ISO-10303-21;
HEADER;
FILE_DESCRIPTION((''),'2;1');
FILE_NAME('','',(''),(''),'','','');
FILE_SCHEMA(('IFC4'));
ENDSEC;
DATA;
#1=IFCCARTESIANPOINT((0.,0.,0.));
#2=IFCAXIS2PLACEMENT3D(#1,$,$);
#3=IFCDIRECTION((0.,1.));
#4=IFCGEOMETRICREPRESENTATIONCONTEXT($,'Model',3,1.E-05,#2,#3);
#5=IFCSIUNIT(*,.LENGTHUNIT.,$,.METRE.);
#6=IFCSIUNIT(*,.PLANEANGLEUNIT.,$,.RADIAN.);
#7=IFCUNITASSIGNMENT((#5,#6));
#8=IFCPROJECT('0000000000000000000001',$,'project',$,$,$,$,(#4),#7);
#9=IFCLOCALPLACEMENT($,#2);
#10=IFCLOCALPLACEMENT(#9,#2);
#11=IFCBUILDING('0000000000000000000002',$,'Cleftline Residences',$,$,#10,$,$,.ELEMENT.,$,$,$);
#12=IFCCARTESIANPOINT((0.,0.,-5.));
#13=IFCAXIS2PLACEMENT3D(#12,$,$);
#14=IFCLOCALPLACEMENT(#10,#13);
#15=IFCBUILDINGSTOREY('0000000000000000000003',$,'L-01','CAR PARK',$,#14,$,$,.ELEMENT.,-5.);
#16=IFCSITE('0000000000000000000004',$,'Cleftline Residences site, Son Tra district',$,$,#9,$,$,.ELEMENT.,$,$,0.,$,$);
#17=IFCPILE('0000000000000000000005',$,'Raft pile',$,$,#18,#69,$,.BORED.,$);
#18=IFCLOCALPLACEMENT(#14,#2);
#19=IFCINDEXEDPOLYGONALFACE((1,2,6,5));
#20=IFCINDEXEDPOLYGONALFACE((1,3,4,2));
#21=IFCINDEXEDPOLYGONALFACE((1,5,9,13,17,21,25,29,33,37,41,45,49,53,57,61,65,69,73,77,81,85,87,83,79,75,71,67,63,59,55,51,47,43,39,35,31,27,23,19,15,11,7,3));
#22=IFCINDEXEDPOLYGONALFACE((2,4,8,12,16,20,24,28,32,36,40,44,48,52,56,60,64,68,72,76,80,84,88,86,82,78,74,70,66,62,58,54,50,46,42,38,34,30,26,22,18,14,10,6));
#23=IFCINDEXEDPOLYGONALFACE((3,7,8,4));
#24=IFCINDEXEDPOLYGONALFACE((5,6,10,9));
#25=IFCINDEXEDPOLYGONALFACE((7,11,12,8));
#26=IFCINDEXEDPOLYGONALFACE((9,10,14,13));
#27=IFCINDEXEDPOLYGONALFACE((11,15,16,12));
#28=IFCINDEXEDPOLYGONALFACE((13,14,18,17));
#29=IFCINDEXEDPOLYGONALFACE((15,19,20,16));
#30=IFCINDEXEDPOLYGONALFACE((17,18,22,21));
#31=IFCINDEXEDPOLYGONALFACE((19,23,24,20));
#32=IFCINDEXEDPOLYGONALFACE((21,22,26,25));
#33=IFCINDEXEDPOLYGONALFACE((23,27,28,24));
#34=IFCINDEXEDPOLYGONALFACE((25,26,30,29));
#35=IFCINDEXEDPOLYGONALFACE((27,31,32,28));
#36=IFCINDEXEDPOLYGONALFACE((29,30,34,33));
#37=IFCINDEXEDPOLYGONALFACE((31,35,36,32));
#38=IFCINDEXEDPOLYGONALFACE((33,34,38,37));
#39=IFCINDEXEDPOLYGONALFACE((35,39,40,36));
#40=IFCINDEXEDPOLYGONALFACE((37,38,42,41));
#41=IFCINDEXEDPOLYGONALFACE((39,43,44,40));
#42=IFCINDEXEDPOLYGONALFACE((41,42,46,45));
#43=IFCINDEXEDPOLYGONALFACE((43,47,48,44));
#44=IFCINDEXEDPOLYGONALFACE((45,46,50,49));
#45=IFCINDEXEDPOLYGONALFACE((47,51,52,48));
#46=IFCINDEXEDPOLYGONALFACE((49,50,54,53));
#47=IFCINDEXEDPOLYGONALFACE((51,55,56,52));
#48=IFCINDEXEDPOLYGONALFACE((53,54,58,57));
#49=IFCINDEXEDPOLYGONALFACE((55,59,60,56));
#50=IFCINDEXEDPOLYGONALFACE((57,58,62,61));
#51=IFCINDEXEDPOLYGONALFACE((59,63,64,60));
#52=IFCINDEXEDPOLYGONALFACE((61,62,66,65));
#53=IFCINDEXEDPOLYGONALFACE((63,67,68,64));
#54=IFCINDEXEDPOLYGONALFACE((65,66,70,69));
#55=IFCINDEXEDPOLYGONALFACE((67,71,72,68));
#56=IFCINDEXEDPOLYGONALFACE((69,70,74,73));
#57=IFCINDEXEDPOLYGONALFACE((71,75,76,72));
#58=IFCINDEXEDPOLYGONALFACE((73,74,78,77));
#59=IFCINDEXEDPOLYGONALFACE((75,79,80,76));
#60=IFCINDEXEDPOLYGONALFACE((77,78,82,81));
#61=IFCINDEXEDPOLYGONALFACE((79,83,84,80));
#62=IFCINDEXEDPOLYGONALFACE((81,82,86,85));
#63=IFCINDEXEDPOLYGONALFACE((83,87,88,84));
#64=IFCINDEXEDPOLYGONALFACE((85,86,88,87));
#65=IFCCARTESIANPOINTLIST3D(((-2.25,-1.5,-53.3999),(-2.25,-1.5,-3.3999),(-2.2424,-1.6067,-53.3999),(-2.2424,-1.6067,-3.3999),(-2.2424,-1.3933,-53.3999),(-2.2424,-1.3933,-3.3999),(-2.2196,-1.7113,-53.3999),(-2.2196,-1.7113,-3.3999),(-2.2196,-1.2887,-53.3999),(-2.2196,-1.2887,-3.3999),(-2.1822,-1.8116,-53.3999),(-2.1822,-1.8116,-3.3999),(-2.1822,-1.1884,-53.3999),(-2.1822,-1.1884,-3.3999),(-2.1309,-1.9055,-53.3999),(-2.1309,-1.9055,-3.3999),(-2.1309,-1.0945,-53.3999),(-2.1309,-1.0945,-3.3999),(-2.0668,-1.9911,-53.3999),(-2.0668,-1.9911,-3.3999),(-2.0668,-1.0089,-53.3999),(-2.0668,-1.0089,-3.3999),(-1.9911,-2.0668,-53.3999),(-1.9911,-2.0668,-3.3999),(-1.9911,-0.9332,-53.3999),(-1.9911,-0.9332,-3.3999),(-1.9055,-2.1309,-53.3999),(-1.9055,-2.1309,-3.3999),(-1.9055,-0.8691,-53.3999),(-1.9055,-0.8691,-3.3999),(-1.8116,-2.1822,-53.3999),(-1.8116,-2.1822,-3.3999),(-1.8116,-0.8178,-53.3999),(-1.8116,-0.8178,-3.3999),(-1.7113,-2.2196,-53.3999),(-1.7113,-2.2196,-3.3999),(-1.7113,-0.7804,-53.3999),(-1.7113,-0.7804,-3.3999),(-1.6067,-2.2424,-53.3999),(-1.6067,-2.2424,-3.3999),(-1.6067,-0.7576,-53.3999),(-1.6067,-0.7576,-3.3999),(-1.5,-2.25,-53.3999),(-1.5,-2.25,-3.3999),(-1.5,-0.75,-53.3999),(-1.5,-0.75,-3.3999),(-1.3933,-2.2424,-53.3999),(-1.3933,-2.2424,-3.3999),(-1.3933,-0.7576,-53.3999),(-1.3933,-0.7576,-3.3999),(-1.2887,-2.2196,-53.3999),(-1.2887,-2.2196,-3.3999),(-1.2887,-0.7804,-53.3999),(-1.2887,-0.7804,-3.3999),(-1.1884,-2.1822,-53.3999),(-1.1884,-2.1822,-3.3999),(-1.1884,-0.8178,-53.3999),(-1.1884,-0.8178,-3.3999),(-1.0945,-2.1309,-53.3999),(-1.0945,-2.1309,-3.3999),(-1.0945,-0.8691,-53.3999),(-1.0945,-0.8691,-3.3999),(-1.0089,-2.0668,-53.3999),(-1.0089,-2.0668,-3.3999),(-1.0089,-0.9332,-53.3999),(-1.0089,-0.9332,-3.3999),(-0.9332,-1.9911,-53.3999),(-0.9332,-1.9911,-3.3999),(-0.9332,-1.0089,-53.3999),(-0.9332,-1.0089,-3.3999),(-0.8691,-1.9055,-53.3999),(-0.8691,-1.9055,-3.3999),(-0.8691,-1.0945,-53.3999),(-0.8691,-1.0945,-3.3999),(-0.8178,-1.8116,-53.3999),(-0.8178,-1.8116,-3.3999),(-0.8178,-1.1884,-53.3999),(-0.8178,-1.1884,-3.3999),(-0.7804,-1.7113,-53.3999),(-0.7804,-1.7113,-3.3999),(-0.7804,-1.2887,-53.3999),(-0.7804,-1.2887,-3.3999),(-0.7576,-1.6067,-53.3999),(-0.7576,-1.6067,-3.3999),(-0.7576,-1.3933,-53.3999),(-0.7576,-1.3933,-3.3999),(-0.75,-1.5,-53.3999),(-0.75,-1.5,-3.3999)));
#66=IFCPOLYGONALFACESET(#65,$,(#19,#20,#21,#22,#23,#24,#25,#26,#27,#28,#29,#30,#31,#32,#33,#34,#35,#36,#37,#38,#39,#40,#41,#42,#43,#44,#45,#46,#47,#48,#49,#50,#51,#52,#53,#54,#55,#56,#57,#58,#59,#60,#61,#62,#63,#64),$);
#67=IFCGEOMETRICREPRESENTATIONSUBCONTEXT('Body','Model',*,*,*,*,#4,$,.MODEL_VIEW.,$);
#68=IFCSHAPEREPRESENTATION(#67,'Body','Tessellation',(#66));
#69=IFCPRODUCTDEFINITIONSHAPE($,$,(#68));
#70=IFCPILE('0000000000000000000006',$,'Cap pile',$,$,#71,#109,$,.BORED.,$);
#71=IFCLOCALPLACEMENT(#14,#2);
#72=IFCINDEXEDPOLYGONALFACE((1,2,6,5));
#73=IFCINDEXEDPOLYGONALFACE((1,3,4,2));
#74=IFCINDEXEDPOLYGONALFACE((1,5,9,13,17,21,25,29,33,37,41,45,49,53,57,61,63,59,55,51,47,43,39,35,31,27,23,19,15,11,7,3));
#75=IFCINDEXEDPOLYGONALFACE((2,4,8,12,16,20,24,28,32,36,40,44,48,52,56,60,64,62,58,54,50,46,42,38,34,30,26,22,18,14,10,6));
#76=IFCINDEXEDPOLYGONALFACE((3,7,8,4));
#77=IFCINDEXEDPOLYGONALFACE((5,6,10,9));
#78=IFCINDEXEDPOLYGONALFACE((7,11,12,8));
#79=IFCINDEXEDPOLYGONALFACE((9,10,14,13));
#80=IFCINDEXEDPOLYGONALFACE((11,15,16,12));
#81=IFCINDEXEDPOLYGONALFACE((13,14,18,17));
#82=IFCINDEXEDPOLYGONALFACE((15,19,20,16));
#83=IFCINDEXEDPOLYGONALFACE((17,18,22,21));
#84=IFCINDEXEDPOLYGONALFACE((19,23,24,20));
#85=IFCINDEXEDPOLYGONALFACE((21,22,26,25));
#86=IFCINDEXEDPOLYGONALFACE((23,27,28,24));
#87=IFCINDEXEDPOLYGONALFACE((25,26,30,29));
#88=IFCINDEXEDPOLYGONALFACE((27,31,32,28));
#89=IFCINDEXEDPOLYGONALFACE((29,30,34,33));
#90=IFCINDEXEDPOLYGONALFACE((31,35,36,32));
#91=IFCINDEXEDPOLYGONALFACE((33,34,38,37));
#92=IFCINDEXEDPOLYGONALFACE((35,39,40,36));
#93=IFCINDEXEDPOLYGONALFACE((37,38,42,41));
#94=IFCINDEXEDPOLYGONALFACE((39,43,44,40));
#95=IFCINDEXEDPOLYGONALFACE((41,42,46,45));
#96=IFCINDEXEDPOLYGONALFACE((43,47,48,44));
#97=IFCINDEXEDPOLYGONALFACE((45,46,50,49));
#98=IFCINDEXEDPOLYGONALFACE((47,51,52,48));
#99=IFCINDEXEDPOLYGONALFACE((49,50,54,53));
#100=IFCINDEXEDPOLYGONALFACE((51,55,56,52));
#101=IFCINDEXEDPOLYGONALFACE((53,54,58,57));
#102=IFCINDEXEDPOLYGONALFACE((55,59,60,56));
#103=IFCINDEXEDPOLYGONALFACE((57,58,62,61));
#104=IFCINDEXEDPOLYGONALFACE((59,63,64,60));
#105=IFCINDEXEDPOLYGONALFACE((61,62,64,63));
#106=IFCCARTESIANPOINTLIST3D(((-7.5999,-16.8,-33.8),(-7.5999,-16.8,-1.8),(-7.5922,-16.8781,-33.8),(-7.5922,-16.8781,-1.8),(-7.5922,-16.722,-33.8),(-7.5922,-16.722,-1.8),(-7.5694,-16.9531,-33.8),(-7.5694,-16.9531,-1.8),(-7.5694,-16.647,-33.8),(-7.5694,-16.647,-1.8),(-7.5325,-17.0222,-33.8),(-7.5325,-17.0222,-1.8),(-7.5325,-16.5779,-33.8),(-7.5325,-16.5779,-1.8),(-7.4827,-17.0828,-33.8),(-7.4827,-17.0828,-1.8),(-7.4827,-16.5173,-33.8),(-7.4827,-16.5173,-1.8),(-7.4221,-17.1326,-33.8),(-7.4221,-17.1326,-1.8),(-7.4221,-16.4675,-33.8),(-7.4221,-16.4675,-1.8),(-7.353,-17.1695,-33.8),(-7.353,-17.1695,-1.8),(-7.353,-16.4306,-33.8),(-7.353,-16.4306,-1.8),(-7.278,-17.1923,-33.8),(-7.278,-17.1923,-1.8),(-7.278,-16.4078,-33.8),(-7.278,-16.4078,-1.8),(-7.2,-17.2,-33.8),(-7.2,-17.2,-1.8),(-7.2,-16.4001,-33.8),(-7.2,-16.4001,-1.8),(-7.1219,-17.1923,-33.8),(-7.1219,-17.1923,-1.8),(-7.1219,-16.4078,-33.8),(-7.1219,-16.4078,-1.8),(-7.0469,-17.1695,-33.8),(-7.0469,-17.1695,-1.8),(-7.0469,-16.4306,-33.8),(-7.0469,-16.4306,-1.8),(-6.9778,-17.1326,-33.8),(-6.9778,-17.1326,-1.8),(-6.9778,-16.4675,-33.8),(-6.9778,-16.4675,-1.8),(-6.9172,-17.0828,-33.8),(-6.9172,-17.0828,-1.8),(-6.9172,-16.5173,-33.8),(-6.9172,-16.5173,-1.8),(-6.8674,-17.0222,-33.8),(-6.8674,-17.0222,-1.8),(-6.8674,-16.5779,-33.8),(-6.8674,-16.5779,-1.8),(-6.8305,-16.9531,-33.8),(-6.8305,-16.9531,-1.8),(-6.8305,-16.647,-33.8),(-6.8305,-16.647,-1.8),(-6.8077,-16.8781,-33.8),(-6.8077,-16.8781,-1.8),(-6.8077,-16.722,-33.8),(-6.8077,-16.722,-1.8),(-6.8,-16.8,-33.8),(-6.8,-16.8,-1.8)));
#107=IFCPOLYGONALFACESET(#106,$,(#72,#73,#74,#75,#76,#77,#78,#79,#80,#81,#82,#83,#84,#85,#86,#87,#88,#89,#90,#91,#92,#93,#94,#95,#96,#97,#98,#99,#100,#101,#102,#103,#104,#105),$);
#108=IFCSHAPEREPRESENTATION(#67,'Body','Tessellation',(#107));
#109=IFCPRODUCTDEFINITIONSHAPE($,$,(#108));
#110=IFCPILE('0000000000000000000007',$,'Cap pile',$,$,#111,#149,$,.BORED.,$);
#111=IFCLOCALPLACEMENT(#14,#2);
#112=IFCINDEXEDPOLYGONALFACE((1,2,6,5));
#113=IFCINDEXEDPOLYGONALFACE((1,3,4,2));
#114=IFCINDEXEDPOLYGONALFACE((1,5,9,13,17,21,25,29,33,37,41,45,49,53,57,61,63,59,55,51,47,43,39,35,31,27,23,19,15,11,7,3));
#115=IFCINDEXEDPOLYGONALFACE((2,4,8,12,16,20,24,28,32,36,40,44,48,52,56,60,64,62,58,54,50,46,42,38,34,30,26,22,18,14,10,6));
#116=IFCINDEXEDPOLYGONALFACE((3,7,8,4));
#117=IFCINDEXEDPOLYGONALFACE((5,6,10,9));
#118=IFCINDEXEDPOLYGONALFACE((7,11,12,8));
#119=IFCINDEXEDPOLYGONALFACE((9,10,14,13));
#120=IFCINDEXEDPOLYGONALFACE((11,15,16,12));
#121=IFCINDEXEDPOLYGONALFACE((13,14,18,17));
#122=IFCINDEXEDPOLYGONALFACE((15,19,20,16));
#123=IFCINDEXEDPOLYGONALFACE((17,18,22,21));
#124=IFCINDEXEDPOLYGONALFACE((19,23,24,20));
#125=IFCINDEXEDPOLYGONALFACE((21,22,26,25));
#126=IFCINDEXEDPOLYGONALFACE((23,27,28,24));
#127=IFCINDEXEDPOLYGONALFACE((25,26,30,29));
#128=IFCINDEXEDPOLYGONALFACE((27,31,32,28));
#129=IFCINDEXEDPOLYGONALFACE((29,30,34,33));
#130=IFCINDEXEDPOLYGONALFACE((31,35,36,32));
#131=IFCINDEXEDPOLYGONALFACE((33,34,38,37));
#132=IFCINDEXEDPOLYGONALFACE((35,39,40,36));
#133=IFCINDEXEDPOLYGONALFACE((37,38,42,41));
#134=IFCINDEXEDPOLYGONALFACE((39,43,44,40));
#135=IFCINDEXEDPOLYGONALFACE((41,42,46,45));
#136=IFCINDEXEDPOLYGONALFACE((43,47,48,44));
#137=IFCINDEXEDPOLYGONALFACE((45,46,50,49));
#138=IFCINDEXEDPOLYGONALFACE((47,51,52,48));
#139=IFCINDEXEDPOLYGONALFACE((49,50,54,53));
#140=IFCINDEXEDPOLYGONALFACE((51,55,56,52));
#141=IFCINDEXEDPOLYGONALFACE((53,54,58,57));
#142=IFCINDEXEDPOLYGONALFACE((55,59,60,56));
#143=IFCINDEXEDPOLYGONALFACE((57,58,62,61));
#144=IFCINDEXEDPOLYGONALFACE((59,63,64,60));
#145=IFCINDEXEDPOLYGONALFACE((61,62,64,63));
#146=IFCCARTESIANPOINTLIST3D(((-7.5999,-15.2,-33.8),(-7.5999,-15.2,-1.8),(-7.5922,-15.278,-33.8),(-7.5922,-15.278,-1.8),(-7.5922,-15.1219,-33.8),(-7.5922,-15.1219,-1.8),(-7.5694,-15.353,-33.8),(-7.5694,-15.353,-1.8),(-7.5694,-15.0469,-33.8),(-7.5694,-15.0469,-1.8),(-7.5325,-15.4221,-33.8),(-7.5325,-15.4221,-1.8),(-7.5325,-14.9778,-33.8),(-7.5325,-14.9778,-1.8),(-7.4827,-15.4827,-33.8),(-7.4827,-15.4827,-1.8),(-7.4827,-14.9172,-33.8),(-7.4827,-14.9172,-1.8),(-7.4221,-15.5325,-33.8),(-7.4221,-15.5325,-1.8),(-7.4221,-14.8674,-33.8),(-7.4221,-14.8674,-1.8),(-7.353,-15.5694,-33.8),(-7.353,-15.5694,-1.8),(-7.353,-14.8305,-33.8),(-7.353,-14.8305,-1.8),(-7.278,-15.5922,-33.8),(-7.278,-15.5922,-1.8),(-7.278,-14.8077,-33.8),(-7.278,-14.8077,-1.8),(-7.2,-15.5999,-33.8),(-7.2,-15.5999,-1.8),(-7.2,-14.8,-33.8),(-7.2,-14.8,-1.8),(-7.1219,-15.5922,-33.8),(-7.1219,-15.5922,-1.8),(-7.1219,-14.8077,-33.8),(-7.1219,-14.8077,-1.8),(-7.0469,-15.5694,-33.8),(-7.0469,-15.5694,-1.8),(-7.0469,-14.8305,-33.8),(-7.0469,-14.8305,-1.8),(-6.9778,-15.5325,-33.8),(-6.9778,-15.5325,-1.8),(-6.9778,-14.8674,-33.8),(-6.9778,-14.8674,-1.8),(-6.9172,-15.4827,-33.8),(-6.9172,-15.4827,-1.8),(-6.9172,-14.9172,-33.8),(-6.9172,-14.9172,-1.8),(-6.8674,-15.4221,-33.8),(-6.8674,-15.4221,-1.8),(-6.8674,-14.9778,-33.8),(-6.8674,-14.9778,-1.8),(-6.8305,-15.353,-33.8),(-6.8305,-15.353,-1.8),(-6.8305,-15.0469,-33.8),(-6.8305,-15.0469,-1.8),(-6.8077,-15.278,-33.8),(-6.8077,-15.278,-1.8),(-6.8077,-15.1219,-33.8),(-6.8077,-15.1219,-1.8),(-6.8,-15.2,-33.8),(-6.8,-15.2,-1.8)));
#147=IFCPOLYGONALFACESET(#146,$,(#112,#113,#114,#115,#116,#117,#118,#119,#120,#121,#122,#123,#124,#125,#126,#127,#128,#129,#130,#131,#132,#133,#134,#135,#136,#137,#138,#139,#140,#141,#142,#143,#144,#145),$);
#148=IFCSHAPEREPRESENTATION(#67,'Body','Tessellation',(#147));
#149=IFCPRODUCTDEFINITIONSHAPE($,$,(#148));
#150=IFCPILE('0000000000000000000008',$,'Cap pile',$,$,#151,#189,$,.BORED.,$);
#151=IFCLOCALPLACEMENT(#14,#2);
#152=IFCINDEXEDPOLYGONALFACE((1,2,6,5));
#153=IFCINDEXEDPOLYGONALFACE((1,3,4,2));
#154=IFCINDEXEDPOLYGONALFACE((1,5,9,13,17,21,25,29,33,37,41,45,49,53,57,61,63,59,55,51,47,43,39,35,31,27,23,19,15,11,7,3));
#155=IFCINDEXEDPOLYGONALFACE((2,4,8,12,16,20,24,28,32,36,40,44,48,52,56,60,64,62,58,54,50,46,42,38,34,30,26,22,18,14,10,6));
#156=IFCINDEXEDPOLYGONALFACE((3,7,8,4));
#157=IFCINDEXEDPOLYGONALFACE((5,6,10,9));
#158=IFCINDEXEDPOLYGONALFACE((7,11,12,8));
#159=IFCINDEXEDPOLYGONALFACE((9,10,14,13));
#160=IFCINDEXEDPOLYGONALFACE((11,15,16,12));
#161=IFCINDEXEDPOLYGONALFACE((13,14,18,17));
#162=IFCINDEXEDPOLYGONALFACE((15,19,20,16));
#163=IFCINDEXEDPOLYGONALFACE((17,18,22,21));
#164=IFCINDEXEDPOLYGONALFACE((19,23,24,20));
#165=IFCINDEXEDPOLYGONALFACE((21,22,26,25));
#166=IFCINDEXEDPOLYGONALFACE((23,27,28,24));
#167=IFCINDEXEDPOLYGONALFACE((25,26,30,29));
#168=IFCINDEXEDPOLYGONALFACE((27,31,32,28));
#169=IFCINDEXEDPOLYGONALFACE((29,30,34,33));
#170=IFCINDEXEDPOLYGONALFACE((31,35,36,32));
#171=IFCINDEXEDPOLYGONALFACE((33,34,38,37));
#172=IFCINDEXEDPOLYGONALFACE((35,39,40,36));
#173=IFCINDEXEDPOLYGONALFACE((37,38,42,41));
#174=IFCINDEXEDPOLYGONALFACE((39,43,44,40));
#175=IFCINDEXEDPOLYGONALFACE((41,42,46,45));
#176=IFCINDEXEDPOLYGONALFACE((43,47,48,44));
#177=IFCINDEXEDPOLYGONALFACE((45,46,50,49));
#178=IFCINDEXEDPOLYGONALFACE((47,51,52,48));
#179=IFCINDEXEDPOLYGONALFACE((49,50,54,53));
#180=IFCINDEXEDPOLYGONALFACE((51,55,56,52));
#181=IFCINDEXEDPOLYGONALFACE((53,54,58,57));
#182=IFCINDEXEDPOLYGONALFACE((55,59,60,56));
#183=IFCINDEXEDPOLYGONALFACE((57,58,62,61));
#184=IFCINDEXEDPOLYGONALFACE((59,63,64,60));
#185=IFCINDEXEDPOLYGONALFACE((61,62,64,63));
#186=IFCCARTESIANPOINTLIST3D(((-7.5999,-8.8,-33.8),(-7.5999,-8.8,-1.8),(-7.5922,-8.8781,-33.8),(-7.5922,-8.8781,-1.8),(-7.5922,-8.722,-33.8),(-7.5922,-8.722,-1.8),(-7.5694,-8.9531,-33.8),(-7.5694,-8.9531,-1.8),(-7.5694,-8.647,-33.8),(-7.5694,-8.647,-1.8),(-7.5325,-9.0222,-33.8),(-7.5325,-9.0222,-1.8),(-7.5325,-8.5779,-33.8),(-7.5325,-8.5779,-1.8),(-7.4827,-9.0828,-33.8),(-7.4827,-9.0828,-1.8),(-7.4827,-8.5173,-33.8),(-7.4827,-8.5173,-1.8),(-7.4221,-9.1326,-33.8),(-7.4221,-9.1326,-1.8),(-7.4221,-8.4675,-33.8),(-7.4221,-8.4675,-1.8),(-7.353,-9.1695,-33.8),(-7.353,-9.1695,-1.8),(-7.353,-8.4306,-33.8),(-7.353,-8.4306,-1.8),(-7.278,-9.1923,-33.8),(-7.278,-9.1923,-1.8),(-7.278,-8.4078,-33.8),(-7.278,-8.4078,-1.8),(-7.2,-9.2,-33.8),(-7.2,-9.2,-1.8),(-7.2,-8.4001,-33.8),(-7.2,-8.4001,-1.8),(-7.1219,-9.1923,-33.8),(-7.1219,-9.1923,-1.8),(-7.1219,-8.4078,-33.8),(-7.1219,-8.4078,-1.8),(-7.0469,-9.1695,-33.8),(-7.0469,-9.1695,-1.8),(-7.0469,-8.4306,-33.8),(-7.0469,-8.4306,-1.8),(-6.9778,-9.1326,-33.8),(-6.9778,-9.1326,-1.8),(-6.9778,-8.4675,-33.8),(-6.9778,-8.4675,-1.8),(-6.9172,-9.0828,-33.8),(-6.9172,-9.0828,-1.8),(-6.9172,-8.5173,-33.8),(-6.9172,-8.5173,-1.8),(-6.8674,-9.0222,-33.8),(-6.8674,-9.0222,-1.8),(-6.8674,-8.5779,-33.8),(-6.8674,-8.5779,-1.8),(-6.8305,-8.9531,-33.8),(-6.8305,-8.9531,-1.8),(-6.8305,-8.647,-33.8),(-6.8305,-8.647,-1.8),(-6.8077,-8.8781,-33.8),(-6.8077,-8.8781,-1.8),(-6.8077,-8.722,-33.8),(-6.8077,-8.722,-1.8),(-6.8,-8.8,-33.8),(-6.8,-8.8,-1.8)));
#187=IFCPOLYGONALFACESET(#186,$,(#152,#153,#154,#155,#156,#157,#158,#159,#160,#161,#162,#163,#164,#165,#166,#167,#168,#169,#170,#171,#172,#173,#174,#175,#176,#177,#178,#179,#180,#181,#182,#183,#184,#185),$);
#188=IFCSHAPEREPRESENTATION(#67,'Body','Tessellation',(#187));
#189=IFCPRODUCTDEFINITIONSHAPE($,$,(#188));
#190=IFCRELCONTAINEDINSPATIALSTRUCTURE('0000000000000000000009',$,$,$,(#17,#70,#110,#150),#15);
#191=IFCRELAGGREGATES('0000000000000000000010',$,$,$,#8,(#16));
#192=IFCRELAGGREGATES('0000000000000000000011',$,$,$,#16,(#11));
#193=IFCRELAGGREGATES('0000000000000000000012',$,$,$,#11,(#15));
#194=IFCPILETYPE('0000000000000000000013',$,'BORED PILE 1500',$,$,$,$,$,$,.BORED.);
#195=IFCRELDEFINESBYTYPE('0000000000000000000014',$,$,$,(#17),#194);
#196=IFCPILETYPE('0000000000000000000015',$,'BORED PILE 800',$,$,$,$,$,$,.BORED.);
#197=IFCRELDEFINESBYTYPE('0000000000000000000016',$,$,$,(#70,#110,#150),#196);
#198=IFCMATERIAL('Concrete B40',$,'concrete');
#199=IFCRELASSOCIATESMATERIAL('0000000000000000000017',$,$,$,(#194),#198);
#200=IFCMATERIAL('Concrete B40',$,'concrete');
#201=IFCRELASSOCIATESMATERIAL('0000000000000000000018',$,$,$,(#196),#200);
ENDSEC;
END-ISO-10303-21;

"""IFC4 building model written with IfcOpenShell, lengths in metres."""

from ifc_helpers import new_model, si_unit, direction, frame, origin, origin_2d, place, context, subcontext, project, spatial, circle, extrude, material, material_profile, profile_set, type_object, element, save


model = new_model("IFC4")

# Units and contexts
model_context = context("Model", 3, precision=1e-05, world=origin(), true_north=direction((0.0, 1.0)))
body_context = subcontext(model_context, "Body", "Model", "MODEL_VIEW")
ifc_project = project(units=[si_unit("LENGTHUNIT", "METRE"), si_unit("PLANEANGLEUNIT", "RADIAN")], contexts=[model_context])

# Site, building, storey
site_placement = place(None, origin())
site = spatial("IfcSite", under=ifc_project, at=site_placement, Name="Cleftline Residences site, Son Tra district", CompositionType="ELEMENT", RefElevation=0.0)
building_placement = place(site_placement, origin())
building = spatial("IfcBuilding", under=site, at=building_placement, Name="Cleftline Residences", CompositionType="ELEMENT")
storey_placement = place(building_placement, frame((0.0, 0.0, -5.0)))
storey = spatial("IfcBuildingStorey", under=building, at=storey_placement, Name="L-01", Description="CAR PARK", CompositionType="ELEMENT", Elevation=-5.0)

# Piles
ifc_material_1 = material(Name="Concrete B40", Category="concrete")
ifc_material_profile_1 = material_profile(ifc_material_1, circle(Radius=0.75, at=origin_2d()))
ifc_profile_set_1 = profile_set([ifc_material_profile_1], Name="Concrete B40")
pile_type_1 = type_object("IfcPileType", Name="BORED PILE 1500", PredefinedType="BORED", material=ifc_profile_set_1)
pile_placement = place(storey_placement, frame((-1.5, -1.5, -3.3999), z_axis=(0.0, 0.0, -1.0), x_axis=(1.0, 0.0, 0.0)))
element("IfcPile", 1, at=pile_placement, inside=storey, type_object=pile_type_1, Name="Raft pile", PredefinedType="BORED", context=body_context, shape_type="SweptSolid", body=[
    extrude(circle(Radius=0.75, at=origin_2d()), origin(), (0.0, 0.0, 1.0), 50.0),
])
ifc_material_2 = material(Name="Concrete B40", Category="concrete")
ifc_material_profile_2 = material_profile(ifc_material_2, circle(Radius=0.3999, at=origin_2d()))
ifc_profile_set_2 = profile_set([ifc_material_profile_2], Name="Concrete B40")
pile_type_2 = type_object("IfcPileType", Name="BORED PILE 800", PredefinedType="BORED", material=ifc_profile_set_2)
for number, where, z_axis, x_axis, name in (
    (2, (-7.2, -16.8, -1.8), (0.0, 0.0, -1.0), (1.0, 0.0, 0.0), "Cap pile"),
    (3, (-7.2, -15.2, -1.8), (0.0, 0.0, -1.0), (1.0, 0.0, 0.0), "Cap pile"),
    (4, (-7.2, -8.8, -1.8), (0.0, 0.0, -1.0), (1.0, 0.0, 0.0), "Cap pile"),
):
    element("IfcPile", number, at=place(storey_placement, frame(where, z_axis=z_axis, x_axis=x_axis)), inside=storey, type_object=pile_type_2, Name=name, PredefinedType="BORED", context=body_context, shape_type="SweptSolid", body=[
        extrude(circle(Radius=0.3999, at=origin_2d()), origin(), (0.0, 0.0, 1.0), 32.0),
    ])

save(model, "model.ifc")
